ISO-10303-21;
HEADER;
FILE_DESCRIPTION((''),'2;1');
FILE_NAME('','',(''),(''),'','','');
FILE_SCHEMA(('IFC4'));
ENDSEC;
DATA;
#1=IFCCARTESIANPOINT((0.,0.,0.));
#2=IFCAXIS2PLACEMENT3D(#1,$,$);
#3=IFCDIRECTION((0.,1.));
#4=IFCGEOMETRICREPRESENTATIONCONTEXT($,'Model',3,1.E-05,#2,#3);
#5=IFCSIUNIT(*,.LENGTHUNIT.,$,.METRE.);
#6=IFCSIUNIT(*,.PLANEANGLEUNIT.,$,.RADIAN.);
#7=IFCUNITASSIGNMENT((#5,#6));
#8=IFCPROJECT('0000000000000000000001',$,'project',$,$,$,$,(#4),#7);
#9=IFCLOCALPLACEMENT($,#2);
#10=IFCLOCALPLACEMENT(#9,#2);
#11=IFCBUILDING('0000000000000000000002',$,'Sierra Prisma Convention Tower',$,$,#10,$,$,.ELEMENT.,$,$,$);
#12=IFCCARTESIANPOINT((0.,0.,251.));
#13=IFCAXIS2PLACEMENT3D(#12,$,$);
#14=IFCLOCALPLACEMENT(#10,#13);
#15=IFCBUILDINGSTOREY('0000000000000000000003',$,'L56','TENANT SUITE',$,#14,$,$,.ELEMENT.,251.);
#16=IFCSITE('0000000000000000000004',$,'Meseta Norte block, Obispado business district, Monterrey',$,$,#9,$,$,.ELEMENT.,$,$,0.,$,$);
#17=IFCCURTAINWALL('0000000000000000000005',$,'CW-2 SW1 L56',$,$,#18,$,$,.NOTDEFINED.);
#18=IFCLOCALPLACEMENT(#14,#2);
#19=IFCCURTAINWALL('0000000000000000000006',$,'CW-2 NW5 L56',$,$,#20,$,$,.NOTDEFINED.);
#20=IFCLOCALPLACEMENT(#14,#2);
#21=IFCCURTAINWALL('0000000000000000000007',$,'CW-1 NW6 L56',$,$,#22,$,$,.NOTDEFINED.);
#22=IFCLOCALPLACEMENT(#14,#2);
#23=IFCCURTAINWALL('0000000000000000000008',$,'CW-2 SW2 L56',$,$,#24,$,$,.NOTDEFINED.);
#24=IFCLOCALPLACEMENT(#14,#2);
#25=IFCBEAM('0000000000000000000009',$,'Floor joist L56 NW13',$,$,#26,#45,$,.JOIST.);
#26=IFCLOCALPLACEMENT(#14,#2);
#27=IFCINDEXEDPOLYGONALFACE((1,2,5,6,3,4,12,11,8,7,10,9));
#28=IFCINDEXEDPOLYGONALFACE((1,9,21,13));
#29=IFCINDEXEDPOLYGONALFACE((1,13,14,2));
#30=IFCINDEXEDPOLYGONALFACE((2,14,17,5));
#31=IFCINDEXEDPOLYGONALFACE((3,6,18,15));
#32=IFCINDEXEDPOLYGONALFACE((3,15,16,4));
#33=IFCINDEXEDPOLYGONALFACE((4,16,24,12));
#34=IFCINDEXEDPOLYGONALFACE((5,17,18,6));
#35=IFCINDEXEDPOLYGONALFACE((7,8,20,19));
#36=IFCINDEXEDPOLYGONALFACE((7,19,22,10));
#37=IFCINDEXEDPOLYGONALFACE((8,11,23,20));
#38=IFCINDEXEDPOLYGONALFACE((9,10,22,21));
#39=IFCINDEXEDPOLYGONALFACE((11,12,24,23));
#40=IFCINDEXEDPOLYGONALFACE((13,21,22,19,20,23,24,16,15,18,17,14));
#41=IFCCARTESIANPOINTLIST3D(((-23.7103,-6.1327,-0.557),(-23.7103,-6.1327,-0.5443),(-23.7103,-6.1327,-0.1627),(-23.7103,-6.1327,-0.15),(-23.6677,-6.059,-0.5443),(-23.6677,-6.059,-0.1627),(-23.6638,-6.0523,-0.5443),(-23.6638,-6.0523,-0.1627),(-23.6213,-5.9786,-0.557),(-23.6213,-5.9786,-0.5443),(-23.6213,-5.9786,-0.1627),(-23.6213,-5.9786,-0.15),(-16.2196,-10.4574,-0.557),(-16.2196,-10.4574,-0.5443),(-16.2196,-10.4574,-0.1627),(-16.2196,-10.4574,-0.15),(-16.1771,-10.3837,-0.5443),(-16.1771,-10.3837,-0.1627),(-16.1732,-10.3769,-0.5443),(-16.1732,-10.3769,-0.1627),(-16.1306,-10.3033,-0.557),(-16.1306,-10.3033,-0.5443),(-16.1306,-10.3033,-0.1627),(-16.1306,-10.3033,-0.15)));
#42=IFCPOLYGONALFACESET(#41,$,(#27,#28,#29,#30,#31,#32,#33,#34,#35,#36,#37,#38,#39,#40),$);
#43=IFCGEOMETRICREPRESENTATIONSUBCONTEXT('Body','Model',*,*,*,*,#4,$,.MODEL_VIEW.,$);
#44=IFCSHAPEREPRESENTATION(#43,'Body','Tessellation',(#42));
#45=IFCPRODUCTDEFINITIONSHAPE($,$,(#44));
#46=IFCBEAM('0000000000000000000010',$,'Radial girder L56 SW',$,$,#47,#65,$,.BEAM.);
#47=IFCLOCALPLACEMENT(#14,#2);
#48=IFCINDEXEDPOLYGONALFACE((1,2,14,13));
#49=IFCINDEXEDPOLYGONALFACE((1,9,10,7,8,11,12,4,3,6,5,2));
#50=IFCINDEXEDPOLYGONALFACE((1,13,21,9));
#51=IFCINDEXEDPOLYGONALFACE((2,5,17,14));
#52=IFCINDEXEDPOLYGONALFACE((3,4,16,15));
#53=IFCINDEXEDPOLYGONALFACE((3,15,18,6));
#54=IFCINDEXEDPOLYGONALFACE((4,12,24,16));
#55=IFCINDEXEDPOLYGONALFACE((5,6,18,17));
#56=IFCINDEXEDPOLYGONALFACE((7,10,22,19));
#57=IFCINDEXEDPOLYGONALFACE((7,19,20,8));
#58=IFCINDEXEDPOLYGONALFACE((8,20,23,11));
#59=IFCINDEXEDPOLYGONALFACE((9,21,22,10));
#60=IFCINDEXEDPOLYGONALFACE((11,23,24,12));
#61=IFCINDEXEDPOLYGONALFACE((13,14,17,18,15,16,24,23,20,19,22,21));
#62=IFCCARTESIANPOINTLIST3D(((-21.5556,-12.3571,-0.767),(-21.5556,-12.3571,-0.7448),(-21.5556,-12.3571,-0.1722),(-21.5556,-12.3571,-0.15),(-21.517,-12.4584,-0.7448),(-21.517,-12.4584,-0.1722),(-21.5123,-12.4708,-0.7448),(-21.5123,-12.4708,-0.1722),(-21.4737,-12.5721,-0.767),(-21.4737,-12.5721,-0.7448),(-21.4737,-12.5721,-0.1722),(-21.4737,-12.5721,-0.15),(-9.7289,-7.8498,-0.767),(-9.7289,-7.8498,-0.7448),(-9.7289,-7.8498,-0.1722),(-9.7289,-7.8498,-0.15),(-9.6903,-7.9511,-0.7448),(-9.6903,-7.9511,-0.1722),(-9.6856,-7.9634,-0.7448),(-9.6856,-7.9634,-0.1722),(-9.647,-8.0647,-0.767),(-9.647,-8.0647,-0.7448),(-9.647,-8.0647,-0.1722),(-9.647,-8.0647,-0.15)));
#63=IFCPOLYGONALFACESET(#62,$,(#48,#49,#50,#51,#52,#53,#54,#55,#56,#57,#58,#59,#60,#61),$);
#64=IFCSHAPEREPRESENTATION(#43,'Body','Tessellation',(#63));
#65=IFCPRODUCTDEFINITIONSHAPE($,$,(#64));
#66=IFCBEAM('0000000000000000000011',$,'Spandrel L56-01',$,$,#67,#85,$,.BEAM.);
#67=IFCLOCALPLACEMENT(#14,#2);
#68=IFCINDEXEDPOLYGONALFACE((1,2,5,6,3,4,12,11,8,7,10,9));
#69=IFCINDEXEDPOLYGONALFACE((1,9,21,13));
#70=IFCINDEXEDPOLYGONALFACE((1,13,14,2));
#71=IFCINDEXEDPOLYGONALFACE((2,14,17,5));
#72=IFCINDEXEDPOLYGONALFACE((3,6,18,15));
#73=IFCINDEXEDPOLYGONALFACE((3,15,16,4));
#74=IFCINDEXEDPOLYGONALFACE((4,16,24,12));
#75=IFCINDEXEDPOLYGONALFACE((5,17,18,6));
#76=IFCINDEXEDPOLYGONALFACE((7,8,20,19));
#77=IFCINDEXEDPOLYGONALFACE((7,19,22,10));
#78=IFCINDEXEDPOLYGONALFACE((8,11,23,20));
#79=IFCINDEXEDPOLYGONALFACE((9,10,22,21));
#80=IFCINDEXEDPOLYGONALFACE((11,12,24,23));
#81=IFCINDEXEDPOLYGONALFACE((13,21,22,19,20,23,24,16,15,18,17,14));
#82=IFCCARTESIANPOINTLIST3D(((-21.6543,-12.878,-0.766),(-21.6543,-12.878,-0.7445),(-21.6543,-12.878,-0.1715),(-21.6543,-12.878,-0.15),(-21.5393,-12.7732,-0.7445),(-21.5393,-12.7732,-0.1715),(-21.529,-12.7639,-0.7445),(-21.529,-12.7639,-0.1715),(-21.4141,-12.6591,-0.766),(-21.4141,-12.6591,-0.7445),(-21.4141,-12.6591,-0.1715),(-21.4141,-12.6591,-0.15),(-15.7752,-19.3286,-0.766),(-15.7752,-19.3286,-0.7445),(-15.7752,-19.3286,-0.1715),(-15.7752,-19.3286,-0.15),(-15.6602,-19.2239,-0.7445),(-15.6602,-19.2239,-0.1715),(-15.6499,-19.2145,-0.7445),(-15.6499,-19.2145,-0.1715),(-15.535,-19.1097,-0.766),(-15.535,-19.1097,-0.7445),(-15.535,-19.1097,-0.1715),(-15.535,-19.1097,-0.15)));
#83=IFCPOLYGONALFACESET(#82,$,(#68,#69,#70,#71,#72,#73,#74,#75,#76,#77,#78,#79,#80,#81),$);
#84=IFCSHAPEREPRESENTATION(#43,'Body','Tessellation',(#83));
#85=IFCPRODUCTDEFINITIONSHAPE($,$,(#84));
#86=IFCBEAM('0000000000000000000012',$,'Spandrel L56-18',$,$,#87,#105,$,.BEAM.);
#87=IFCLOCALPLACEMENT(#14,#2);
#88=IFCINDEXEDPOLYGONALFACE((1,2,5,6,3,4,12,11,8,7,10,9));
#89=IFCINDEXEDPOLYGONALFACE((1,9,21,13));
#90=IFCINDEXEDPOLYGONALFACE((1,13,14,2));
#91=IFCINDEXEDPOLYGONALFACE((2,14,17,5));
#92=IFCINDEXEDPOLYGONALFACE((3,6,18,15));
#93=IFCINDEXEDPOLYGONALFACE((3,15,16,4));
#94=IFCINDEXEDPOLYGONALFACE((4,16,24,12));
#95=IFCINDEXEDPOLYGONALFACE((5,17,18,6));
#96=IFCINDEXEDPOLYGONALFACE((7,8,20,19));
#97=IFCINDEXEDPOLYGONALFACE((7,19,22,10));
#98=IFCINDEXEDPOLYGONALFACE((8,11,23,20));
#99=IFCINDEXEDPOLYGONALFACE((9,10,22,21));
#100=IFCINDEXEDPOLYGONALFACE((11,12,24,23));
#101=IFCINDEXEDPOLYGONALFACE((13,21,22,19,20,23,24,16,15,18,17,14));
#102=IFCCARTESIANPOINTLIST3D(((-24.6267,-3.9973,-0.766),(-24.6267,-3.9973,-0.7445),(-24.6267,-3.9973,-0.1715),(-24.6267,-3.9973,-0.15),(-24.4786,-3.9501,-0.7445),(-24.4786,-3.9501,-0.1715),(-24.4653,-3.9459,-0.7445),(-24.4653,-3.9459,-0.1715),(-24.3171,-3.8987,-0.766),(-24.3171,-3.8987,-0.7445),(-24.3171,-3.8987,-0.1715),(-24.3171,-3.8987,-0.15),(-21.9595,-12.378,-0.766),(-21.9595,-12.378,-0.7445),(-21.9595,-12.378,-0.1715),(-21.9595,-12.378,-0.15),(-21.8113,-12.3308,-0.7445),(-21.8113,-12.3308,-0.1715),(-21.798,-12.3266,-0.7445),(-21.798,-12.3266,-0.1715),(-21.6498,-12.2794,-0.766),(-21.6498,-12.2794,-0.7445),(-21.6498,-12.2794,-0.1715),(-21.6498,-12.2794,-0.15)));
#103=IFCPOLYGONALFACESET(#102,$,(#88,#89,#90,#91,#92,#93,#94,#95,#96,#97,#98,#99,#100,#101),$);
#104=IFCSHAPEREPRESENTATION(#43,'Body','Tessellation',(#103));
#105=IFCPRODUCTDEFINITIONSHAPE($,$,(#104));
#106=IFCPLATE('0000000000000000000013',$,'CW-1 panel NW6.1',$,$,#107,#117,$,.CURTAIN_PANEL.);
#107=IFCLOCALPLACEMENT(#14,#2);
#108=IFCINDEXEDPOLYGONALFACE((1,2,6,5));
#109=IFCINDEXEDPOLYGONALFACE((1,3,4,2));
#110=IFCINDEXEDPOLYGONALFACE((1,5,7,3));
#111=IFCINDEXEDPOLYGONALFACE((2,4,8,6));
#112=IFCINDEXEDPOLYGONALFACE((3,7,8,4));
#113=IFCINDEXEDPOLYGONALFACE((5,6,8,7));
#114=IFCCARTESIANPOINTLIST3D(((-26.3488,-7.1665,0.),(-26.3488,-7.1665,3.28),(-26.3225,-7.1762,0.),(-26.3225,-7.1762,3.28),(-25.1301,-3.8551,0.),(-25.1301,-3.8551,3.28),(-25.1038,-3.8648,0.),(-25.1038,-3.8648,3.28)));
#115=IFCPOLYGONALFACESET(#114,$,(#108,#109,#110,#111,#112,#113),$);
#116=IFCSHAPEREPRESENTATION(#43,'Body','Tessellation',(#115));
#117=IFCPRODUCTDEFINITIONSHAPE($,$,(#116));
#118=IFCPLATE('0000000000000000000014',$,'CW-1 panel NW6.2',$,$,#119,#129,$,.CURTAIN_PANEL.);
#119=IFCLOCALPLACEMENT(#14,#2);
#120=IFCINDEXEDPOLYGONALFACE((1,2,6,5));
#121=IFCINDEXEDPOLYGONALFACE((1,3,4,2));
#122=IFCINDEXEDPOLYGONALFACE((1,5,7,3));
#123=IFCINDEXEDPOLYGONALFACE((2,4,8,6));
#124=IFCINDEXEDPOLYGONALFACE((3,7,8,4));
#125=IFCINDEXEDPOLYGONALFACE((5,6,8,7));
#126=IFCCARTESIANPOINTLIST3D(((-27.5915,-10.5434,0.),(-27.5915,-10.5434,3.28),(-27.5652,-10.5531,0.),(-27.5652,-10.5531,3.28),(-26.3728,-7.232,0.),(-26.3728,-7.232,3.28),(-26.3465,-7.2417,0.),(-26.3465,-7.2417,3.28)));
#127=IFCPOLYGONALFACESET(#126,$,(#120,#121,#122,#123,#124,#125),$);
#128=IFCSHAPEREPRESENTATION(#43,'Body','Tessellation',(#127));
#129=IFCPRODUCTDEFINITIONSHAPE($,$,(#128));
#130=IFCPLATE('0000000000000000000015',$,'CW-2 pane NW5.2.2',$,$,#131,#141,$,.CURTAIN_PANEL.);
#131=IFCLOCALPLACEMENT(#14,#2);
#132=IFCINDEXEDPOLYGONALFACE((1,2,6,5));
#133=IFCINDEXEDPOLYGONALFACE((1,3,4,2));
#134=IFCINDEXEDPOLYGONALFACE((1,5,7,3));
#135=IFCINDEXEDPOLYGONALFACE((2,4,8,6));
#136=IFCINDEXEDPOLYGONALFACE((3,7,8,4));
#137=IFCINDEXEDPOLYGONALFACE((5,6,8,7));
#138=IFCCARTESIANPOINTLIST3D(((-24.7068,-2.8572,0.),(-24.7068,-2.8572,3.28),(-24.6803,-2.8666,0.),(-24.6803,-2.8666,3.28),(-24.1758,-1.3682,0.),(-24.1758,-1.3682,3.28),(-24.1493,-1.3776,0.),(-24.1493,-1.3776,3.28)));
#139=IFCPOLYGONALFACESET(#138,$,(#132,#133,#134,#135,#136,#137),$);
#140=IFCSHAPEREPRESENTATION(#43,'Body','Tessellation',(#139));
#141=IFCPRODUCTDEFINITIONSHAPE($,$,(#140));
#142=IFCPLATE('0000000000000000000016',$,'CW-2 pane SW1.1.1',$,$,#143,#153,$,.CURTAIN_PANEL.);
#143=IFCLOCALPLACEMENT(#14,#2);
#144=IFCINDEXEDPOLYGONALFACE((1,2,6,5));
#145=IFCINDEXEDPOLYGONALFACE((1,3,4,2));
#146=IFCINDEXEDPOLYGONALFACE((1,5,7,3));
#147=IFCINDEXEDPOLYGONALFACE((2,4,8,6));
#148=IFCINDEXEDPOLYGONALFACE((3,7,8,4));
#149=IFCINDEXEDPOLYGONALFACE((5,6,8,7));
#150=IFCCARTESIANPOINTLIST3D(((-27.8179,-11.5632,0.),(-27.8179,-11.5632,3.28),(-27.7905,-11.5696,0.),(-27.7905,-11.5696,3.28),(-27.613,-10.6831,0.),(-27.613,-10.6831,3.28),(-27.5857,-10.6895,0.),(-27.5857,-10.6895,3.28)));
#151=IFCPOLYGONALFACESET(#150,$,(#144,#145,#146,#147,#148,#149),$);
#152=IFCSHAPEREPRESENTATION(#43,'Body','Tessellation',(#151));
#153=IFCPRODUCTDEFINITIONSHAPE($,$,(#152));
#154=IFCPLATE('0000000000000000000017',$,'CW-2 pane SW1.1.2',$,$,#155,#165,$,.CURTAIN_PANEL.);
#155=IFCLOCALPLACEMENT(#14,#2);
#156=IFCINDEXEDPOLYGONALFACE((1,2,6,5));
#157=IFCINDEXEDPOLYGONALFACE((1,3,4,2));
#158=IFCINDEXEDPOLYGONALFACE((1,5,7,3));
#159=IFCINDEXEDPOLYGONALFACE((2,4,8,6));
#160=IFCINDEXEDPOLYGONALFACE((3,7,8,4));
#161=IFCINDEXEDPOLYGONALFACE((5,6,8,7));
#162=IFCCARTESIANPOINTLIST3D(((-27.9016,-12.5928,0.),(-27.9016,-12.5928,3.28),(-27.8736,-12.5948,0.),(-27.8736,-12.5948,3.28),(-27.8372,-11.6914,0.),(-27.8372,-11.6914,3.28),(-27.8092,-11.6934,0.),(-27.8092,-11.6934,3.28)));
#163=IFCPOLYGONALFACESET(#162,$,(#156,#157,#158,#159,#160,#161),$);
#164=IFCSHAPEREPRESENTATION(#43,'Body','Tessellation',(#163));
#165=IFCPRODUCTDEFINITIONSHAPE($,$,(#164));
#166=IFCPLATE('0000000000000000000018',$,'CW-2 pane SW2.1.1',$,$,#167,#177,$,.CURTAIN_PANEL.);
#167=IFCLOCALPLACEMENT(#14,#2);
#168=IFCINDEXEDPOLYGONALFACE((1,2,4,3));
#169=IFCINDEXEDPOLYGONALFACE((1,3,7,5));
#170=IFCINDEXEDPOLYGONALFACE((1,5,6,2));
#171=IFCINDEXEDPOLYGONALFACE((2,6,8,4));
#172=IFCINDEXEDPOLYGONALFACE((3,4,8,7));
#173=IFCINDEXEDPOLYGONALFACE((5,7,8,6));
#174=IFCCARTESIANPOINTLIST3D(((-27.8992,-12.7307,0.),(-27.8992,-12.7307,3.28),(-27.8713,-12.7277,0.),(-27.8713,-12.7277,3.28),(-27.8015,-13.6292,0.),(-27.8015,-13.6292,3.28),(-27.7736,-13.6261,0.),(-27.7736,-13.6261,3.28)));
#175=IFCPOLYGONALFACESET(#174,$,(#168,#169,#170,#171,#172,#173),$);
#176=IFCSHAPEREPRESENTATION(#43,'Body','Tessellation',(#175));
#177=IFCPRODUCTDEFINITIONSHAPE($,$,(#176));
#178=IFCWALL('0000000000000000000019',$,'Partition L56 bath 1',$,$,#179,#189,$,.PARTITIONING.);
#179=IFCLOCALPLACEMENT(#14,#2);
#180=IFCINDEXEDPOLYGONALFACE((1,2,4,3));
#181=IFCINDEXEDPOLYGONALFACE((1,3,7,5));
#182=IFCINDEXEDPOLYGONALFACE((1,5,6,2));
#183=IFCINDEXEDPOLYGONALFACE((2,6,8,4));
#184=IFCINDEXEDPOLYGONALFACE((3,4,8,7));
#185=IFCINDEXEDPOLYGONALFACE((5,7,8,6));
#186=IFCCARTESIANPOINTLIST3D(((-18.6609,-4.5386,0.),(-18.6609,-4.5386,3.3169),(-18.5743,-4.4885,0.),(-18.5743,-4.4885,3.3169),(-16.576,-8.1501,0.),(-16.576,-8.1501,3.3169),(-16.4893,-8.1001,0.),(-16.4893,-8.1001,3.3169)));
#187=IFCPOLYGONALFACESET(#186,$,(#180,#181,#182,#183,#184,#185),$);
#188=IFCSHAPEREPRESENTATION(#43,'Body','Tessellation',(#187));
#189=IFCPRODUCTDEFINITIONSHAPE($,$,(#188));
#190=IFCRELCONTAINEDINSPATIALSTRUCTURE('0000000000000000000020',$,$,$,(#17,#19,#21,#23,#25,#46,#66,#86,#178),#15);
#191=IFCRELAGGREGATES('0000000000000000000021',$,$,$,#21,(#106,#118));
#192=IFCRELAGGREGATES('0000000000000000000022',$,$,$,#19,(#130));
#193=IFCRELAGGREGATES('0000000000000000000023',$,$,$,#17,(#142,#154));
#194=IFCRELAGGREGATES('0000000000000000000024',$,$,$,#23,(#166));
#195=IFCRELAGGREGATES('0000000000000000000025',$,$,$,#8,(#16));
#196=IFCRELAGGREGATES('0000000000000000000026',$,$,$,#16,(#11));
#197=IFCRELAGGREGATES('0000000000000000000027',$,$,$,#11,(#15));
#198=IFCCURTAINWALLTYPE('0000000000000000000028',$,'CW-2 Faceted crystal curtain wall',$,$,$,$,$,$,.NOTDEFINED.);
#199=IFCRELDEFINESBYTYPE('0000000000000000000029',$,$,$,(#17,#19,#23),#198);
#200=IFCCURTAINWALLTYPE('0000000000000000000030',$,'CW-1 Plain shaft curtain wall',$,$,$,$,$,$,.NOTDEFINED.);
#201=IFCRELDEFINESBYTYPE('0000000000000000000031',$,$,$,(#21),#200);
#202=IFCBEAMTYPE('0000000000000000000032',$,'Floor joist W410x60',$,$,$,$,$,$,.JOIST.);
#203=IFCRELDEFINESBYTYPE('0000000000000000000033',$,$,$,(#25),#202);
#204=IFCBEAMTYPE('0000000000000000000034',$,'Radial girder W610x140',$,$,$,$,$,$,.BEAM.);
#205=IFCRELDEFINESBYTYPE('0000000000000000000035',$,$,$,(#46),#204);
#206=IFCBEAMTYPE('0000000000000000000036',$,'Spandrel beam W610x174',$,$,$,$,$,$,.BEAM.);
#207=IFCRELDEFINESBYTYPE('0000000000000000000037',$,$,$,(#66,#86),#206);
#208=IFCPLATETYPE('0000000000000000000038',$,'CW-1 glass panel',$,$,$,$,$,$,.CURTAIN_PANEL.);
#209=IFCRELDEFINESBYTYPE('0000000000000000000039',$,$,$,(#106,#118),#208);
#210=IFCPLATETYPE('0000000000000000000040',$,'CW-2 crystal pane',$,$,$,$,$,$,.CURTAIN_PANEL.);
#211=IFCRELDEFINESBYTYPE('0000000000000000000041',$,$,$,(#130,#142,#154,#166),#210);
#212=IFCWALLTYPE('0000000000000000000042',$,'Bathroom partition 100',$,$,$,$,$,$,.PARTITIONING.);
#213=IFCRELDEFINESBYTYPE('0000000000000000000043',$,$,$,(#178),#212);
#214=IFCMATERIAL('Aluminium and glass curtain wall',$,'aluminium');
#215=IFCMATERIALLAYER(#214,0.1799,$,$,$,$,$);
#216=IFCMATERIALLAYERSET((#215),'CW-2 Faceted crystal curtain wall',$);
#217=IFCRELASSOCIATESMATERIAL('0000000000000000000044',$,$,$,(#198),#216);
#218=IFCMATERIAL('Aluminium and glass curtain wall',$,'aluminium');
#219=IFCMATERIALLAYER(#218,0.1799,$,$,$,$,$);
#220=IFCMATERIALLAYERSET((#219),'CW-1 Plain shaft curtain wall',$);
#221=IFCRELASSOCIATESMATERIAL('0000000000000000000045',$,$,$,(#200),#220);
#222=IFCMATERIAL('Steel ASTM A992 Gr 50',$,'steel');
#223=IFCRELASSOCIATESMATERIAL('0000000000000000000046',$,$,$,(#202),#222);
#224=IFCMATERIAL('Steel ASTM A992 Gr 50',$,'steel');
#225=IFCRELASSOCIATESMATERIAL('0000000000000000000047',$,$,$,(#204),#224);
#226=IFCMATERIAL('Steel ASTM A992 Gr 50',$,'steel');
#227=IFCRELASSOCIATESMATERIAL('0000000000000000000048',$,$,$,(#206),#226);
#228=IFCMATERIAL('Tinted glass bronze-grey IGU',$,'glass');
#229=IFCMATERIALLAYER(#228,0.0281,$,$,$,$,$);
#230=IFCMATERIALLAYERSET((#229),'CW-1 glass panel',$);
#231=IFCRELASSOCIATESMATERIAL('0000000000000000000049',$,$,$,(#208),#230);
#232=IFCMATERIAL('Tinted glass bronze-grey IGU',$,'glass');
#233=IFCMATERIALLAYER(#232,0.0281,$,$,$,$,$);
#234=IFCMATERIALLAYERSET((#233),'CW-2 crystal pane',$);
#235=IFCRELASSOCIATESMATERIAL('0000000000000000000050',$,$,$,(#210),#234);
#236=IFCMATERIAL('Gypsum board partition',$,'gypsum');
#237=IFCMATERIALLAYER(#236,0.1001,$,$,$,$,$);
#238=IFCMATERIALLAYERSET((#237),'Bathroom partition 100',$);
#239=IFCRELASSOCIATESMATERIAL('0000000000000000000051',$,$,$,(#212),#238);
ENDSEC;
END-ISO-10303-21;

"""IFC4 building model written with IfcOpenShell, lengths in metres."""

from ifc_helpers import new_model, si_unit, direction, frame, frame_2d, origin, origin_2d, place, context, subcontext, project, spatial, polyline, rectangle, i_section, outline, extrude, material, layer, layer_set, material_profile, profile_set, type_object, element, aggregate, save


model = new_model("IFC4")

# Units and contexts
model_context = context("Model", 3, precision=1e-05, world=origin(), true_north=direction((0.0, 1.0)))
body_context = subcontext(model_context, "Body", "Model", "MODEL_VIEW")
ifc_project = project(units=[si_unit("LENGTHUNIT", "METRE"), si_unit("PLANEANGLEUNIT", "RADIAN")], contexts=[model_context])

# Site, building, storey
site_placement = place(None, origin())
site = spatial("IfcSite", under=ifc_project, at=site_placement, Name="Meseta Norte block, Obispado business district, Monterrey", CompositionType="ELEMENT", RefElevation=0.0)
building_placement = place(site_placement, origin())
building = spatial("IfcBuilding", under=site, at=building_placement, Name="Sierra Prisma Convention Tower", CompositionType="ELEMENT")
storey_placement = place(building_placement, frame((0.0, 0.0, 251.0)))
storey = spatial("IfcBuildingStorey", under=building, at=storey_placement, Name="L56", Description="TENANT SUITE", CompositionType="ELEMENT", Elevation=251.0)

# Curtain walls
ifc_material_1 = material(Name="Aluminium and glass curtain wall", Category="aluminium")
ifc_layer_1 = layer(ifc_material_1, 0.1799)
ifc_layer_set_1 = layer_set([ifc_layer_1], Name="CW-2 Faceted crystal curtain wall")
curtain_wall_type_1 = type_object("IfcCurtainWallType", Name="CW-2 Faceted crystal curtain wall", PredefinedType="NOTDEFINED", material=ifc_layer_set_1)
curtain_wall_1_placement = place(storey_placement, origin())
curtain_wall_1 = element("IfcCurtainWall", 1, at=curtain_wall_1_placement, inside=storey, type_object=curtain_wall_type_1, Name="CW-2 SW1 L56", PredefinedType="NOTDEFINED")
curtain_wall_2_placement = place(storey_placement, origin())
curtain_wall_2 = element("IfcCurtainWall", 2, at=curtain_wall_2_placement, inside=storey, type_object=curtain_wall_type_1, Name="CW-2 NW5 L56", PredefinedType="NOTDEFINED")
ifc_material_2 = material(Name="Aluminium and glass curtain wall", Category="aluminium")
ifc_layer_2 = layer(ifc_material_2, 0.1799)
ifc_layer_set_2 = layer_set([ifc_layer_2], Name="CW-1 Plain shaft curtain wall")
curtain_wall_type_2 = type_object("IfcCurtainWallType", Name="CW-1 Plain shaft curtain wall", PredefinedType="NOTDEFINED", material=ifc_layer_set_2)
curtain_wall_3_placement = place(storey_placement, origin())
curtain_wall_3 = element("IfcCurtainWall", 3, at=curtain_wall_3_placement, inside=storey, type_object=curtain_wall_type_2, Name="CW-1 NW6 L56", PredefinedType="NOTDEFINED")

# Curtain wall
curtain_wall_4_placement = place(storey_placement, origin())
curtain_wall_4 = element("IfcCurtainWall", 4, at=curtain_wall_4_placement, inside=storey, type_object=curtain_wall_type_1, Name="CW-2 SW2 L56", PredefinedType="NOTDEFINED")

# Beams
ifc_material_3 = material(Name="Steel ASTM A992 Gr 50", Category="steel")
ifc_material_profile_1 = material_profile(ifc_material_3, i_section(OverallWidth=0.178, OverallDepth=0.407, WebThickness=0.0078, FlangeThickness=0.0127, at=origin_2d()), Name="W410x60")
ifc_profile_set_1 = profile_set([ifc_material_profile_1], Name="Steel ASTM A992 Gr 50")
beam_type_1 = type_object("IfcBeamType", Name="Floor joist W410x60", PredefinedType="JOIST", material=ifc_profile_set_1)
beam_1_placement = place(storey_placement, frame((-23.6658, -6.0557, -0.3535), z_axis=(0.866029, -0.499994, 0.0), x_axis=(0.499994, 0.866029, 0.0)))
element("IfcBeam", 5, at=beam_1_placement, inside=storey, type_object=beam_type_1, Name="Floor joist L56 NW13", PredefinedType="JOIST", context=body_context, shape_type="SweptSolid", body=[
    extrude(i_section(OverallWidth=0.178, OverallDepth=0.407, WebThickness=0.0078, FlangeThickness=0.0127, at=origin_2d()), origin(), (0.0, 0.0, 1.0), 8.6494),
])
ifc_material_4 = material(Name="Steel ASTM A992 Gr 50", Category="steel")
ifc_material_profile_2 = material_profile(ifc_material_4, i_section(OverallWidth=0.23, OverallDepth=0.6169, WebThickness=0.0132, FlangeThickness=0.0222, at=origin_2d()), Name="W610x140")
ifc_profile_set_2 = profile_set([ifc_material_profile_2], Name="Steel ASTM A992 Gr 50")
beam_type_2 = type_object("IfcBeamType", Name="Radial girder W610x140", PredefinedType="BEAM", material=ifc_profile_set_2)
beam_2_placement = place(storey_placement, frame((-21.5146, -12.4646, -0.4585), z_axis=(0.934437, 0.356128, 0.0), x_axis=(-0.356128, 0.934437, 0.0)))
element("IfcBeam", 6, at=beam_2_placement, inside=storey, type_object=beam_type_2, Name="Radial girder L56 SW", PredefinedType="BEAM", context=body_context, shape_type="SweptSolid", body=[
    extrude(i_section(OverallWidth=0.23, OverallDepth=0.6169, WebThickness=0.0132, FlangeThickness=0.0222, at=origin_2d()), origin(), (0.0, 0.0, 1.0), 12.6565),
])
ifc_material_5 = material(Name="Steel ASTM A992 Gr 50", Category="steel")
ifc_material_profile_3 = material_profile(ifc_material_5, i_section(OverallWidth=0.325, OverallDepth=0.616, WebThickness=0.0139, FlangeThickness=0.0215, at=origin_2d()), Name="W610x174")
ifc_profile_set_3 = profile_set([ifc_material_profile_3], Name="Steel ASTM A992 Gr 50")
beam_type_3 = type_object("IfcBeamType", Name="Spandrel beam W610x174", PredefinedType="BEAM", material=ifc_profile_set_3)
beam_3_placement = place(storey_placement, frame((-21.5342, -12.7686, -0.458), z_axis=(0.673606, -0.73909, 0.0), x_axis=(0.73909, 0.673606, 0.0)))
element("IfcBeam", 7, at=beam_3_placement, inside=storey, type_object=beam_type_3, Name="Spandrel L56-01", PredefinedType="BEAM", context=body_context, shape_type="SweptSolid", body=[
    extrude(i_section(OverallWidth=0.325, OverallDepth=0.616, WebThickness=0.0139, FlangeThickness=0.0215, at=origin_2d()), origin(), (0.0, 0.0, 1.0), 8.7278),
])
beam_4_placement = place(storey_placement, frame((-24.4719, -3.948, -0.458), z_axis=(0.303274, -0.952904, 0.0), x_axis=(0.952904, 0.303274, 0.0)))
element("IfcBeam", 8, at=beam_4_placement, inside=storey, type_object=beam_type_3, Name="Spandrel L56-18", PredefinedType="BEAM", context=body_context, shape_type="SweptSolid", body=[
    extrude(i_section(OverallWidth=0.325, OverallDepth=0.616, WebThickness=0.0139, FlangeThickness=0.0215, at=origin_2d()), origin(), (0.0, 0.0, 1.0), 8.7949),
])

# Plates
ifc_material_6 = material(Name="Tinted glass bronze-grey IGU", Category="glass")
ifc_layer_3 = layer(ifc_material_6, 0.0281)
ifc_layer_set_3 = layer_set([ifc_layer_3], Name="CW-1 glass panel")
plate_type_1 = type_object("IfcPlateType", Name="CW-1 glass panel", PredefinedType="CURTAIN_PANEL", material=ifc_layer_set_3)
plate_1_placement = place(storey_placement, frame((-25.7263, -5.5156, 0.0), z_axis=(0.0, 0.0, 1.0), x_axis=(-0.345383, -0.938462, 0.0)))
plate_1 = element("IfcPlate", 9, at=plate_1_placement, type_object=plate_type_1, Name="CW-1 panel NW6.1", PredefinedType="CURTAIN_PANEL", context=body_context, shape_type="SweptSolid", body=[
    extrude(rectangle(XDim=3.5286, YDim=0.0281, at=origin_2d()), origin(), (0.0, 0.0, 1.0), 3.28),
])
plate_2_placement = place(storey_placement, frame((-26.969, -8.8926, 0.0), z_axis=(0.0, 0.0, 1.0), x_axis=(-0.345383, -0.938462, 0.0)))
plate_2 = element("IfcPlate", 10, at=plate_2_placement, type_object=plate_type_1, Name="CW-1 panel NW6.2", PredefinedType="CURTAIN_PANEL", context=body_context, shape_type="SweptSolid", body=[
    extrude(rectangle(XDim=3.5286, YDim=0.0281, at=origin_2d()), origin(), (0.0, 0.0, 1.0), 3.28),
])
aggregate(curtain_wall_3, [plate_1, plate_2])
ifc_material_7 = material(Name="Tinted glass bronze-grey IGU", Category="glass")
ifc_layer_4 = layer(ifc_material_7, 0.0281)
ifc_layer_set_4 = layer_set([ifc_layer_4], Name="CW-2 crystal pane")
plate_type_2 = type_object("IfcPlateType", Name="CW-2 crystal pane", PredefinedType="CURTAIN_PANEL", material=ifc_layer_set_4)
plate_3_placement = place(storey_placement, frame((-24.7068, -2.8572, 0.0), z_axis=(-0.941899, 0.335896, 0.0), x_axis=(0.335896, 0.941899, 0.0)))
plate_3 = element("IfcPlate", 11, at=plate_3_placement, type_object=plate_type_2, Name="CW-2 pane NW5.2.2", PredefinedType="CURTAIN_PANEL", context=body_context, shape_type="SweptSolid", body=[
    extrude(outline(polyline([(0.0, 0.0), (1.5809, 0.0), (1.5809, -3.28), (0.0, -3.28), (0.0, 0.0)])), origin(), (0.0, 0.0, -1.0), 0.0281),
])
aggregate(curtain_wall_2, [plate_3])
plate_4_placement = place(storey_placement, frame((-27.613, -10.6831, 0.0), z_axis=(-0.973971, 0.226674, 0.0), x_axis=(-0.226674, -0.973971, 0.0)))
plate_4 = element("IfcPlate", 12, at=plate_4_placement, type_object=plate_type_2, Name="CW-2 pane SW1.1.1", PredefinedType="CURTAIN_PANEL", context=body_context, shape_type="SweptSolid", body=[
    extrude(outline(polyline([(0.0, 0.0), (0.9036, 0.0), (0.9036, 3.28), (0.0, 3.28), (0.0, 0.0)])), origin(), (0.0, 0.0, -1.0), 0.0281),
])
plate_5_placement = place(storey_placement, frame((-27.9016, -12.5928, 0.0), z_axis=(-0.997453, 0.071324, 0.0), x_axis=(0.071324, 0.997453, 0.0)))
plate_5 = element("IfcPlate", 13, at=plate_5_placement, type_object=plate_type_2, Name="CW-2 pane SW1.1.2", PredefinedType="CURTAIN_PANEL", context=body_context, shape_type="SweptSolid", body=[
    extrude(outline(polyline([(0.0, 0.0), (0.9037, 0.0), (0.9037, -3.28), (0.0, -3.28), (0.0, 0.0)])), origin(), (0.0, 0.0, -1.0), 0.0281),
])
aggregate(curtain_wall_1, [plate_4, plate_5])
plate_6_placement = place(storey_placement, frame((-27.8992, -12.7307, 0.0), z_axis=(-0.994144, -0.108059, 0.0), x_axis=(0.108059, -0.994144, 0.0)))
plate_6 = element("IfcPlate", 14, at=plate_6_placement, type_object=plate_type_2, Name="CW-2 pane SW2.1.1", PredefinedType="CURTAIN_PANEL", context=body_context, shape_type="SweptSolid", body=[
    extrude(outline(polyline([(0.0, 0.0), (0.9037, 0.0), (0.9037, 3.28), (0.0, 3.28), (0.0, 0.0)])), origin(), (0.0, 0.0, -1.0), 0.0281),
])
aggregate(curtain_wall_4, [plate_6])

# Wall
ifc_material_8 = material(Name="Gypsum board partition", Category="gypsum")
ifc_layer_5 = layer(ifc_material_8, 0.1001)
ifc_layer_set_5 = layer_set([ifc_layer_5], Name="Bathroom partition 100")
wall_type_1 = type_object("IfcWallType", Name="Bathroom partition 100", PredefinedType="PARTITIONING", material=ifc_layer_set_5)
wall_1_placement = place(storey_placement, frame((-16.5327, -8.125, 0.0), z_axis=(0.0, 0.0, 1.0), x_axis=(-0.499967, 0.866044, 0.0)))
element("IfcWall", 15, at=wall_1_placement, inside=storey, type_object=wall_type_1, Name="Partition L56 bath 1", PredefinedType="PARTITIONING", context=body_context, shape_type="SweptSolid", body=[
    extrude(rectangle(XDim=4.1702, YDim=0.1001, at=frame_2d((2.085, 0.0))), origin(), (0.0, 0.0, 1.0), 3.3169),
])

save(model, "model.ifc")
